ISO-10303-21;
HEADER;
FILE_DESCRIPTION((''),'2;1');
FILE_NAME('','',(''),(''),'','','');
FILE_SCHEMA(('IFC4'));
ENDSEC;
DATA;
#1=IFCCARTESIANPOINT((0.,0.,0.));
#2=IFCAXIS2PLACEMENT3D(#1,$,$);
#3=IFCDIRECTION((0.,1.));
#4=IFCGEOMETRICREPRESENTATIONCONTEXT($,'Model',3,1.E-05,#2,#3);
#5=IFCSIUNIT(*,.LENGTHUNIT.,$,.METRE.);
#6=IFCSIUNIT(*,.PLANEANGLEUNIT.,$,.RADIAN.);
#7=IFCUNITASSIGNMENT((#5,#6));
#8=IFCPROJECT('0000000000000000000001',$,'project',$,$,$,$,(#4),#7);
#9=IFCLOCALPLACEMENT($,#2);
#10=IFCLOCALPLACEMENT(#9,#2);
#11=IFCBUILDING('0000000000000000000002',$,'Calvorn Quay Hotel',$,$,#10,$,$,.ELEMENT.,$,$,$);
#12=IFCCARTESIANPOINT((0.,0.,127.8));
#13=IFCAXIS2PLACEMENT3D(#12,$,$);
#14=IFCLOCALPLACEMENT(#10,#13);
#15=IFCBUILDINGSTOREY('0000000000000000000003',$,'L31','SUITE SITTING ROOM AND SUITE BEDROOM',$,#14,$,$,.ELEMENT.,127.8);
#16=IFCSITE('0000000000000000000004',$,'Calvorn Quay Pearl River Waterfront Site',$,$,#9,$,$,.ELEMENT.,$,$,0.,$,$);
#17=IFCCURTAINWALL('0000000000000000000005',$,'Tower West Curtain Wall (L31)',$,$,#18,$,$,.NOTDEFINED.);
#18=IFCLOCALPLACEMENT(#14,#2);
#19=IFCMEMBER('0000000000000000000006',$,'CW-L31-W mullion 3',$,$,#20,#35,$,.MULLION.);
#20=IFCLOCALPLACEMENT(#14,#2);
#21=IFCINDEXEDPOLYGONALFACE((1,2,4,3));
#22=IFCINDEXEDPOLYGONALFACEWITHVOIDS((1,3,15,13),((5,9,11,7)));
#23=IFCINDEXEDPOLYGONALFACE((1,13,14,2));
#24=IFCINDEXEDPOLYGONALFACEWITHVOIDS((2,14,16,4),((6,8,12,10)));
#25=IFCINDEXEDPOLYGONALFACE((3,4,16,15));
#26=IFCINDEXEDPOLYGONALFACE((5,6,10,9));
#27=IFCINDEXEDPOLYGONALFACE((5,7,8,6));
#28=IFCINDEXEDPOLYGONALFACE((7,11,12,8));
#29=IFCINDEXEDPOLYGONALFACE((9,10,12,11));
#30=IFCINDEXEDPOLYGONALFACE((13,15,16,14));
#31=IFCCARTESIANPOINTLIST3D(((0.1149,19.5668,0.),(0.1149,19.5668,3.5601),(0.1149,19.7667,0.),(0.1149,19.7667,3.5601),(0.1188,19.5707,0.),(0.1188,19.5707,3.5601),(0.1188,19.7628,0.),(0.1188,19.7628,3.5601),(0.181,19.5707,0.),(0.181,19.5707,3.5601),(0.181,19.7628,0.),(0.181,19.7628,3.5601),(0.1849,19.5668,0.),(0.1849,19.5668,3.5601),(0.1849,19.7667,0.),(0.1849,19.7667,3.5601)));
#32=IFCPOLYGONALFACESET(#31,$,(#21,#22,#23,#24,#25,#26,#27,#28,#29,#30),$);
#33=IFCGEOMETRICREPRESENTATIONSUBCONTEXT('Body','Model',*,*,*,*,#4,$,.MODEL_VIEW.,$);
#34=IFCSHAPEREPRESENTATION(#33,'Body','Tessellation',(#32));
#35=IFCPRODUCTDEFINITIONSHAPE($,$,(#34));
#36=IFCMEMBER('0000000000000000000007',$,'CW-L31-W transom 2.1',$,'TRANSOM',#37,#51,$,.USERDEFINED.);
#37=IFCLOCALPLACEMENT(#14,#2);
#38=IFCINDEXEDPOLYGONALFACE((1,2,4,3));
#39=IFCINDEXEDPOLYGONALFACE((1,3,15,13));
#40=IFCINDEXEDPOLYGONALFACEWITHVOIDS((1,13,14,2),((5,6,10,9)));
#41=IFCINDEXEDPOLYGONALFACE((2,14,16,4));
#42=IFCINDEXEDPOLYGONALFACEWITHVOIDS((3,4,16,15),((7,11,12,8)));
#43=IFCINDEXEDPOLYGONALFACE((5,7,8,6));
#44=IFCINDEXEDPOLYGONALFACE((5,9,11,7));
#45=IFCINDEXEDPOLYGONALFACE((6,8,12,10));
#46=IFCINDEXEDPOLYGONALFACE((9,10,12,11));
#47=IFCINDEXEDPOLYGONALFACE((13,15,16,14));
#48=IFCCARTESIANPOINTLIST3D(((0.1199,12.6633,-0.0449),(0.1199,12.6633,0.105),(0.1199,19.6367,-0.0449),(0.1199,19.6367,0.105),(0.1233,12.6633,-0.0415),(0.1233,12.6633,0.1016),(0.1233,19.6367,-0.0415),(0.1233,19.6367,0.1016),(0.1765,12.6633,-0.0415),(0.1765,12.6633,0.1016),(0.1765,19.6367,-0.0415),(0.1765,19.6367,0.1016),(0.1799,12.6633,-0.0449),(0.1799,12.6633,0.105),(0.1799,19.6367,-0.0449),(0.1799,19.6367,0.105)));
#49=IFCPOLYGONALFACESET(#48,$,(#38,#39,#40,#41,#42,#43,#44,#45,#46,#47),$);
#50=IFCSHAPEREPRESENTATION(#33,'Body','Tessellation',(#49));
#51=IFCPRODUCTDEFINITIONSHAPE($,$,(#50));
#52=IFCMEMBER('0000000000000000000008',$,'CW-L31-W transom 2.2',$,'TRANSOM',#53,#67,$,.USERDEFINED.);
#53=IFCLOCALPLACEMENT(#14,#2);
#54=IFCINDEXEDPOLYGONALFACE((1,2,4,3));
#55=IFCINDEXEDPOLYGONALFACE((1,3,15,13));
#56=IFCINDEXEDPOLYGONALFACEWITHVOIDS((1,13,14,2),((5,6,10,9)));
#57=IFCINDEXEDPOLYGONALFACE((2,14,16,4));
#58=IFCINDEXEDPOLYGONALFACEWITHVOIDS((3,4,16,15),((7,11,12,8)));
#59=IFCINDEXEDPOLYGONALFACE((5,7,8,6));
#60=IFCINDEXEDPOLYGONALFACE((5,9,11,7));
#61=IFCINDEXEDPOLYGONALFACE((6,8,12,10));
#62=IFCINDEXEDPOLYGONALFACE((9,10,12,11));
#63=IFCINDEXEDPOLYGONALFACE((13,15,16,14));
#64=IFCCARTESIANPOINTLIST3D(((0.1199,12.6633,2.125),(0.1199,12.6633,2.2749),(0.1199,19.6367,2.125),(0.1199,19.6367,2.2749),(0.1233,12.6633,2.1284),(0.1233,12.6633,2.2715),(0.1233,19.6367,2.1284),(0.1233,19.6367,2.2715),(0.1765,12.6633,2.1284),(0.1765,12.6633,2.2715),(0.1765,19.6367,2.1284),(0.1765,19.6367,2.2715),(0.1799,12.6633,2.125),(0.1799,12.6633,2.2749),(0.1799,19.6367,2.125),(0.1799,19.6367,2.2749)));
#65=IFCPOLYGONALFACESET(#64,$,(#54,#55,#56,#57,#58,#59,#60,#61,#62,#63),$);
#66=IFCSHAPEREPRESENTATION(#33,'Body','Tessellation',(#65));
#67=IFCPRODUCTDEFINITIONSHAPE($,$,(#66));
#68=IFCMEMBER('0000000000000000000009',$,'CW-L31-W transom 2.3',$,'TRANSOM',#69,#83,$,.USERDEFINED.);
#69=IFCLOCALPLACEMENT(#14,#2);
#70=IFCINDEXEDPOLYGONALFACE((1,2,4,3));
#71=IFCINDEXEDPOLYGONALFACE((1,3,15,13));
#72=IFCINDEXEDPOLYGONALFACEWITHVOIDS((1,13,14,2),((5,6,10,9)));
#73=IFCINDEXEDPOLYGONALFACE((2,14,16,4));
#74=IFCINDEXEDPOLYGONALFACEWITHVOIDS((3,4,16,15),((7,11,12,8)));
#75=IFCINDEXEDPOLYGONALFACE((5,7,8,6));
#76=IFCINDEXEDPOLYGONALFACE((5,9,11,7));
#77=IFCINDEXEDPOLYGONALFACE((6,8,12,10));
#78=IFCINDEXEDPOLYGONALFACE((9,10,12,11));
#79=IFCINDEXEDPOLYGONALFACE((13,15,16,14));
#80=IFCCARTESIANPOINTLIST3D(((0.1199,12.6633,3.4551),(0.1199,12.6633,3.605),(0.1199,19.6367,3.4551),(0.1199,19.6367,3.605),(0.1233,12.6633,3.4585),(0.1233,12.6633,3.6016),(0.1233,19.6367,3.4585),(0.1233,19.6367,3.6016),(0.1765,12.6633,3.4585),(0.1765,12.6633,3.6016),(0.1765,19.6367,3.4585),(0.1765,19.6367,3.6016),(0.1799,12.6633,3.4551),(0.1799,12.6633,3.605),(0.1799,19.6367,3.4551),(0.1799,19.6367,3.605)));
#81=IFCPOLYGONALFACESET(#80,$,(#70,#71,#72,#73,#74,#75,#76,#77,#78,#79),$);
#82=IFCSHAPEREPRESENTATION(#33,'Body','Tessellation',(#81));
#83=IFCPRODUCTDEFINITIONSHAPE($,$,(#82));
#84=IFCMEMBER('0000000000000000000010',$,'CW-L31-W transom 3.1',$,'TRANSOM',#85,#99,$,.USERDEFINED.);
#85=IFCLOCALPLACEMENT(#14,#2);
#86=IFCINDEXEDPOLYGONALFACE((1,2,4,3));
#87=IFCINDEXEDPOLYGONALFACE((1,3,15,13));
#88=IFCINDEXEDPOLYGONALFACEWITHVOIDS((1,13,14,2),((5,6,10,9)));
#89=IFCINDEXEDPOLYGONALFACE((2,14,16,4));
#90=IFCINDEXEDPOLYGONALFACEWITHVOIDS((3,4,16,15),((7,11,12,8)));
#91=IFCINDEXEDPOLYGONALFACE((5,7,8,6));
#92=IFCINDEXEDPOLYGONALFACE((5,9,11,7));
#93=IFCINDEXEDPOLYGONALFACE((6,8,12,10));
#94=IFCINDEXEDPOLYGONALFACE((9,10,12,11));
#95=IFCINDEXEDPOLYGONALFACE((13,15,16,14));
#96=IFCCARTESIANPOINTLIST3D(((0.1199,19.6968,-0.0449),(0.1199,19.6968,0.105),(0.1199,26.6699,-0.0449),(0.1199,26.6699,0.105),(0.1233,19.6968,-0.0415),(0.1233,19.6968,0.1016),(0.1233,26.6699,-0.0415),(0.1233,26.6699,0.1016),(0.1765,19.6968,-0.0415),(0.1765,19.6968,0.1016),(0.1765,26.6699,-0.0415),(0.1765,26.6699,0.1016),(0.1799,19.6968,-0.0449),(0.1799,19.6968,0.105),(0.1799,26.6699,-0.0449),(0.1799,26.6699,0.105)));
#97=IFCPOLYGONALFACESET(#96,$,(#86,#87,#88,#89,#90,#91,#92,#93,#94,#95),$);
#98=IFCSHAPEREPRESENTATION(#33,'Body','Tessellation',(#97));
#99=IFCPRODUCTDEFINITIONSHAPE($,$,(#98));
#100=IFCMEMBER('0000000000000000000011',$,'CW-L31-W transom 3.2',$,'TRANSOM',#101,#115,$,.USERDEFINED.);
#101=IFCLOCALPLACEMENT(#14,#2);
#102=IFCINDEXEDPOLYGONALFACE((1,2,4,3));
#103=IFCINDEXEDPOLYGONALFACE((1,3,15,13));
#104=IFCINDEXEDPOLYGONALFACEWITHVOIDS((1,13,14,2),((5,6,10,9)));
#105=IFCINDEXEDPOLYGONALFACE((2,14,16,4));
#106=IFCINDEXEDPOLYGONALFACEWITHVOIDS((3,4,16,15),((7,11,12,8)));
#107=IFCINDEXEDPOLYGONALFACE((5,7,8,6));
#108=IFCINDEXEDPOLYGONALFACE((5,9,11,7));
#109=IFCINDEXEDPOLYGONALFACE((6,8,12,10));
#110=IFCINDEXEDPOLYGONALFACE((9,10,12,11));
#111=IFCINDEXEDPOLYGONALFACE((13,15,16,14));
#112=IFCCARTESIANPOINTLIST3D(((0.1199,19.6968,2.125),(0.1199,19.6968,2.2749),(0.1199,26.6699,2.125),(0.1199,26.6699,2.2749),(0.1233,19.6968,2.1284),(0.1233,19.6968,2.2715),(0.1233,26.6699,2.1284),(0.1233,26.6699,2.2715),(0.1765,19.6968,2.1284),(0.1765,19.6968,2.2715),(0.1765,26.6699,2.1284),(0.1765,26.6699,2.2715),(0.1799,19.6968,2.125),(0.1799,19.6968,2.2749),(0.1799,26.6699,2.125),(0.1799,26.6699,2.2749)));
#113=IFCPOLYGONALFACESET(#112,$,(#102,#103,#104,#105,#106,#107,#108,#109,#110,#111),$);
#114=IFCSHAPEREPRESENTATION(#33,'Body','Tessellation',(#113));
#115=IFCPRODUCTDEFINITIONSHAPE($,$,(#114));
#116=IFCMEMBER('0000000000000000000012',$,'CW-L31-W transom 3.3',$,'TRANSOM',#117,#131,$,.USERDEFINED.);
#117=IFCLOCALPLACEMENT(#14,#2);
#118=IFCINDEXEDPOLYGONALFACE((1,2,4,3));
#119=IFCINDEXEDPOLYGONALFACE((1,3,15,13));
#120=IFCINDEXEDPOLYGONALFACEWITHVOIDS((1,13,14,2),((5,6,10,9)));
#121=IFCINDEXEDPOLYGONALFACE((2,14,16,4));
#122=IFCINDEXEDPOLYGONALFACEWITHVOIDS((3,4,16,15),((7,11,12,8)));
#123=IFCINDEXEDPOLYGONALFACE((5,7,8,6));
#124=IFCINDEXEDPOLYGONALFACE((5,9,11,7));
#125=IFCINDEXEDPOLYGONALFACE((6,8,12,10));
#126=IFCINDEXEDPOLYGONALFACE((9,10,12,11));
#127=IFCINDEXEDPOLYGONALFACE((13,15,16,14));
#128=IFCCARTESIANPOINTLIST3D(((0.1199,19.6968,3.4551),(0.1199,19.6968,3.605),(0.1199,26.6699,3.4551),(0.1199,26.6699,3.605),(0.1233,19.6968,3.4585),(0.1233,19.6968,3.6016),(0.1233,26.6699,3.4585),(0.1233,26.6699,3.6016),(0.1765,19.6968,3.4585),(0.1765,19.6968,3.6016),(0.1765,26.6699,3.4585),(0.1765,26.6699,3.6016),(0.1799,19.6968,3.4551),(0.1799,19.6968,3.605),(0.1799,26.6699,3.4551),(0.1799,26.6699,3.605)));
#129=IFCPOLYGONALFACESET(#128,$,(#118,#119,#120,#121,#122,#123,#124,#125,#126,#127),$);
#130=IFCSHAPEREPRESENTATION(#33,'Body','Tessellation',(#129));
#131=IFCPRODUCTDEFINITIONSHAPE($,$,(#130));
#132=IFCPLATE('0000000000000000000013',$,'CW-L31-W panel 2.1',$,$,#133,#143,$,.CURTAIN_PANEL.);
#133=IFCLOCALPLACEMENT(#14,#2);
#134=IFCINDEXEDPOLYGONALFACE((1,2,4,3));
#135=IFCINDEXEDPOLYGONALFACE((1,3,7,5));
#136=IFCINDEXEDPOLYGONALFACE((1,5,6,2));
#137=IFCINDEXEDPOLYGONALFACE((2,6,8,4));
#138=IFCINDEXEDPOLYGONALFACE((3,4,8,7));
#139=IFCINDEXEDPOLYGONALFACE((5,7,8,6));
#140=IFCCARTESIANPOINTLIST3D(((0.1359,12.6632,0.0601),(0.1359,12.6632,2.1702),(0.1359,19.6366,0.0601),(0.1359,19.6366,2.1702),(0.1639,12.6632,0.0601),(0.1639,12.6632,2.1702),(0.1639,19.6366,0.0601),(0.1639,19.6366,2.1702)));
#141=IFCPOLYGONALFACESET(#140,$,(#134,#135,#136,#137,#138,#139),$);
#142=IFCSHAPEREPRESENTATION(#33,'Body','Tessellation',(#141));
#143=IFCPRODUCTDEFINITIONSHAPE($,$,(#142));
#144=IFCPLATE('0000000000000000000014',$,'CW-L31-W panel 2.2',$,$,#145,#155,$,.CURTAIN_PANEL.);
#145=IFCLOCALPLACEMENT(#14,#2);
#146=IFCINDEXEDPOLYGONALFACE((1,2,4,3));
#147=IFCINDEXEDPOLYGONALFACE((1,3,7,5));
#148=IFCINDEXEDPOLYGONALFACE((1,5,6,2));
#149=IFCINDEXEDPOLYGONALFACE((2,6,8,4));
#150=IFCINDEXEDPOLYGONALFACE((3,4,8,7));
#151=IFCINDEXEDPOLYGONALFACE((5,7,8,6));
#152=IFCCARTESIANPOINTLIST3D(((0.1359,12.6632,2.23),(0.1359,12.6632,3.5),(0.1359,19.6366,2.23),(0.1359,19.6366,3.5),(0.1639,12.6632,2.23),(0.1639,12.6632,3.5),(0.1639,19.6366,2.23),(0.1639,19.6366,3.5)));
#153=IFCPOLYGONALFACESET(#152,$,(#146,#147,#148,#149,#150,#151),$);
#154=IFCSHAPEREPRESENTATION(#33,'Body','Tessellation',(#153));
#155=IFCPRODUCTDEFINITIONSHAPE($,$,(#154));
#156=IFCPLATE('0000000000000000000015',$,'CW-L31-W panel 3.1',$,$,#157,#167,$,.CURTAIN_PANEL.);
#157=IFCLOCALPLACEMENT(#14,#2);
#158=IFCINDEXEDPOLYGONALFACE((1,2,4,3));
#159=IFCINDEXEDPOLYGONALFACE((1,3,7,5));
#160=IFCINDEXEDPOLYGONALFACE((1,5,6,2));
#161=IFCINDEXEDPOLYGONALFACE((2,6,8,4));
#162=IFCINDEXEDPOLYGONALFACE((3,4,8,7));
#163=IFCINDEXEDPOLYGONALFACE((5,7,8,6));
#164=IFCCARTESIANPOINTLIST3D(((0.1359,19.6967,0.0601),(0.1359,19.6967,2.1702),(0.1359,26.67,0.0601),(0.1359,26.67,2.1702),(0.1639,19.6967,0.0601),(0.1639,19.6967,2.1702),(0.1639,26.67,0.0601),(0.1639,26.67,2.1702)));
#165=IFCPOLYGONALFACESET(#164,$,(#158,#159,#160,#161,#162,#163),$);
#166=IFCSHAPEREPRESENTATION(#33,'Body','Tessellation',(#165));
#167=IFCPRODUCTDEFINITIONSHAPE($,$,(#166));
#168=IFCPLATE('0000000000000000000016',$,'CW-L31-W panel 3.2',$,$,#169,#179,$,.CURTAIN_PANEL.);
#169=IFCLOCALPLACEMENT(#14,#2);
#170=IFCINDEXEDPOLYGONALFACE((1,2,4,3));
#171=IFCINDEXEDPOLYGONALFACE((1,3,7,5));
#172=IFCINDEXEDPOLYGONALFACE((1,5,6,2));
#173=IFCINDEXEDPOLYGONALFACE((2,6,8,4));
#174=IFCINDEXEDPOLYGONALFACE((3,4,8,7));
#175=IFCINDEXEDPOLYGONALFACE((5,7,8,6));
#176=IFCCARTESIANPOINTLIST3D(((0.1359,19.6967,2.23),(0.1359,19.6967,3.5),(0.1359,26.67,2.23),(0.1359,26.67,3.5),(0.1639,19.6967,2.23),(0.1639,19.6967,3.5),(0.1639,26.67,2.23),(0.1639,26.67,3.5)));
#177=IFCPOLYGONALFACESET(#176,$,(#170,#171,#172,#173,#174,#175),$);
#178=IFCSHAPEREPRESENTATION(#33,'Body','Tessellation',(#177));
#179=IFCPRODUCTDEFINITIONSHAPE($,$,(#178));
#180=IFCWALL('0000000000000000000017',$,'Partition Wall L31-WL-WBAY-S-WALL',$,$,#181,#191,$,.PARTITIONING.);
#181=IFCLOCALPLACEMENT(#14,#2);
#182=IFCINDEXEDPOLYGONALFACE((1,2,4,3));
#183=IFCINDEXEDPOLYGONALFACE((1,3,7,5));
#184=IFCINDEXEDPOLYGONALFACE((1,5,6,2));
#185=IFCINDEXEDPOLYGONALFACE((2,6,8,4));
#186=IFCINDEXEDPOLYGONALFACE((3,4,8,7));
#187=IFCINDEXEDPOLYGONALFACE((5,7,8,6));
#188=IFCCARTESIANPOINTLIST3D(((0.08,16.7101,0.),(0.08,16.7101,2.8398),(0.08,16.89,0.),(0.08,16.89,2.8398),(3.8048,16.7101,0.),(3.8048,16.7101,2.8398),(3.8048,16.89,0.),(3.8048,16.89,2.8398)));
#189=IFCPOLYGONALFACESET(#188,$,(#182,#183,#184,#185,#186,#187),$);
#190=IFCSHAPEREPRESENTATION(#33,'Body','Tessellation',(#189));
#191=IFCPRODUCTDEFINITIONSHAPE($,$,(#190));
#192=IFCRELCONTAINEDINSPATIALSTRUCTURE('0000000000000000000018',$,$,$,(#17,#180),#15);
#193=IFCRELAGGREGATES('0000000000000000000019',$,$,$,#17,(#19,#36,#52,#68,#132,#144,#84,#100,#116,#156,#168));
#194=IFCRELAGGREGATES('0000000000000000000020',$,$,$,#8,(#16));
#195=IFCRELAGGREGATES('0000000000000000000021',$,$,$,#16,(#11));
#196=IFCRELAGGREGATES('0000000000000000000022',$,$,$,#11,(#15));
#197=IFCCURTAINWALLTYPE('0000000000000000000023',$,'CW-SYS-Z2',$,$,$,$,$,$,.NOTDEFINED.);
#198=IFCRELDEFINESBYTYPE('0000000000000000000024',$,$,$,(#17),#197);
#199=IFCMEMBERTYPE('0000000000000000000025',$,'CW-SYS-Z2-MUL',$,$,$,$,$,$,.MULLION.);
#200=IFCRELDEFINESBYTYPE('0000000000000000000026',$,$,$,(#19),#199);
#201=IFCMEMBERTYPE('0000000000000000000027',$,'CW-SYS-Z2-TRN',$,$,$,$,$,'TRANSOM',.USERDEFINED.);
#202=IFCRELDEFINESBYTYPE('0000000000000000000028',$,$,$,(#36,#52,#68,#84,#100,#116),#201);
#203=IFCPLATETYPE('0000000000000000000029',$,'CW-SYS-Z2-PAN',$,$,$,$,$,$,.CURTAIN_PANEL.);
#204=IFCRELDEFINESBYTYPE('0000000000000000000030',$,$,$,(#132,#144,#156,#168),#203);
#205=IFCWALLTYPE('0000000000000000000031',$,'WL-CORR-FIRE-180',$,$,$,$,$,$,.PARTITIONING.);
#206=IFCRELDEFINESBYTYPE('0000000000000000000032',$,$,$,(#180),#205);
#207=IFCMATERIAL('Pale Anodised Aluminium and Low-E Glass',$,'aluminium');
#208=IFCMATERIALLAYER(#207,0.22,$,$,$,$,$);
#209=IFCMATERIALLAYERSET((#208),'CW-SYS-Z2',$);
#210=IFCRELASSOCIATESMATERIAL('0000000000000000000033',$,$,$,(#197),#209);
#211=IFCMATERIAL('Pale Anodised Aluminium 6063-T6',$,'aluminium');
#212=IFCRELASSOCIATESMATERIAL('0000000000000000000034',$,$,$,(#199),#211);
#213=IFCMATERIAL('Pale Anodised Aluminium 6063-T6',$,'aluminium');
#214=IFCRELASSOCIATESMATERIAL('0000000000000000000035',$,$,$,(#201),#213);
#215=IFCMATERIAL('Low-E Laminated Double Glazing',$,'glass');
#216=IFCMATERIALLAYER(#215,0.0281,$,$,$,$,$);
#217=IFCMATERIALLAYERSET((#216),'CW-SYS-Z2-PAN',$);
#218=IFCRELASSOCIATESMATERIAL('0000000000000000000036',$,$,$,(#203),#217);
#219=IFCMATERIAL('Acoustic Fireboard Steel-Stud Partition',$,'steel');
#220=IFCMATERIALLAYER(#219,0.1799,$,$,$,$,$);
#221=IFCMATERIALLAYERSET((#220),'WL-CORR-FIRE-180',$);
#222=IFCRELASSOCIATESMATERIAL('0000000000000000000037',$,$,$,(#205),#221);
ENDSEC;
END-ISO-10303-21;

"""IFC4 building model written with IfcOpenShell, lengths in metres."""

from ifc_helpers import new_model, si_unit, direction, frame, frame_2d, origin, origin_2d, place, context, subcontext, project, spatial, rectangle, hollow_rectangle, extrude, material, layer, layer_set, material_profile, profile_set, type_object, element, aggregate, save


model = new_model("IFC4")

# Units and contexts
model_context = context("Model", 3, precision=1e-05, world=origin(), true_north=direction((0.0, 1.0)))
body_context = subcontext(model_context, "Body", "Model", "MODEL_VIEW")
ifc_project = project(units=[si_unit("LENGTHUNIT", "METRE"), si_unit("PLANEANGLEUNIT", "RADIAN")], contexts=[model_context])

# Site, building, storey
site_placement = place(None, origin())
site = spatial("IfcSite", under=ifc_project, at=site_placement, Name="Calvorn Quay Pearl River Waterfront Site", CompositionType="ELEMENT", RefElevation=0.0)
building_placement = place(site_placement, origin())
building = spatial("IfcBuilding", under=site, at=building_placement, Name="Calvorn Quay Hotel", CompositionType="ELEMENT")
storey_placement = place(building_placement, frame((0.0, 0.0, 127.8)))
storey = spatial("IfcBuildingStorey", under=building, at=storey_placement, Name="L31", Description="SUITE SITTING ROOM AND SUITE BEDROOM", CompositionType="ELEMENT", Elevation=127.8)

# Curtain wall, members, plates
ifc_material_1 = material(Name="Pale Anodised Aluminium and Low-E Glass", Category="aluminium")
ifc_layer_1 = layer(ifc_material_1, 0.22)
ifc_layer_set_1 = layer_set([ifc_layer_1], Name="CW-SYS-Z2")
curtain_wall_type = type_object("IfcCurtainWallType", Name="CW-SYS-Z2", PredefinedType="NOTDEFINED", material=ifc_layer_set_1)
curtain_wall_placement = place(storey_placement, origin())
curtain_wall = element("IfcCurtainWall", 1, at=curtain_wall_placement, inside=storey, type_object=curtain_wall_type, Name="Tower West Curtain Wall (L31)", PredefinedType="NOTDEFINED")
ifc_material_2 = material(Name="Pale Anodised Aluminium 6063-T6", Category="aluminium")
ifc_material_profile_1 = material_profile(ifc_material_2, hollow_rectangle(XDim=0.0701, YDim=0.2, WallThickness=0.0039, at=origin_2d()), Name="ALU-M200x70x4")
ifc_profile_set_1 = profile_set([ifc_material_profile_1], Name="Pale Anodised Aluminium 6063-T6")
member_type_1 = type_object("IfcMemberType", Name="CW-SYS-Z2-MUL", PredefinedType="MULLION", material=ifc_profile_set_1)
member_1_placement = place(storey_placement, frame((0.1499, 19.6667, 0.0), z_axis=(0.0, 0.0, 1.0), x_axis=(-1.0, 0.0, 0.0)))
member_1 = element("IfcMember", 2, at=member_1_placement, type_object=member_type_1, Name="CW-L31-W mullion 3", PredefinedType="MULLION", context=body_context, shape_type="SweptSolid", body=[
    extrude(hollow_rectangle(XDim=0.0701, YDim=0.2, WallThickness=0.0039, at=origin_2d()), origin(), (0.0, 0.0, 1.0), 3.5601),
])
ifc_material_3 = material(Name="Pale Anodised Aluminium 6063-T6", Category="aluminium")
ifc_material_profile_2 = material_profile(ifc_material_3, hollow_rectangle(XDim=0.0601, YDim=0.1499, WallThickness=0.0034, at=origin_2d()), Name="ALU-T150x60x3.5")
ifc_profile_set_2 = profile_set([ifc_material_profile_2], Name="Pale Anodised Aluminium 6063-T6")
member_type_2 = type_object("IfcMemberType", Name="CW-SYS-Z2-TRN", ElementType="TRANSOM", PredefinedType="USERDEFINED", material=ifc_profile_set_2)
member_2_placement = place(storey_placement, frame((0.1499, 12.6633, 0.03), z_axis=(0.0, 1.0, 0.0), x_axis=(-1.0, 0.0, 0.0)))
member_2 = element("IfcMember", 3, at=member_2_placement, type_object=member_type_2, Name="CW-L31-W transom 2.1", ObjectType="TRANSOM", PredefinedType="USERDEFINED", context=body_context, shape_type="SweptSolid", body=[
    extrude(hollow_rectangle(XDim=0.0601, YDim=0.1499, WallThickness=0.0034, at=origin_2d()), origin(), (0.0, 0.0, 1.0), 6.9734),
])
member_3_placement = place(storey_placement, frame((0.1499, 12.6633, 2.2), z_axis=(0.0, 1.0, 0.0), x_axis=(-1.0, 0.0, 0.0)))
member_3 = element("IfcMember", 4, at=member_3_placement, type_object=member_type_2, Name="CW-L31-W transom 2.2", ObjectType="TRANSOM", PredefinedType="USERDEFINED", context=body_context, shape_type="SweptSolid", body=[
    extrude(hollow_rectangle(XDim=0.0601, YDim=0.1499, WallThickness=0.0034, at=origin_2d()), origin(), (0.0, 0.0, 1.0), 6.9734),
])
member_4_placement = place(storey_placement, frame((0.1499, 12.6633, 3.53), z_axis=(0.0, 1.0, 0.0), x_axis=(-1.0, 0.0, 0.0)))
member_4 = element("IfcMember", 5, at=member_4_placement, type_object=member_type_2, Name="CW-L31-W transom 2.3", ObjectType="TRANSOM", PredefinedType="USERDEFINED", context=body_context, shape_type="SweptSolid", body=[
    extrude(hollow_rectangle(XDim=0.0601, YDim=0.1499, WallThickness=0.0034, at=origin_2d()), origin(), (0.0, 0.0, 1.0), 6.9734),
])
member_5_placement = place(storey_placement, frame((0.1499, 19.6968, 0.03), z_axis=(0.0, 1.0, 0.0), x_axis=(-1.0, 0.0, 0.0)))
member_5 = element("IfcMember", 6, at=member_5_placement, type_object=member_type_2, Name="CW-L31-W transom 3.1", ObjectType="TRANSOM", PredefinedType="USERDEFINED", context=body_context, shape_type="SweptSolid", body=[
    extrude(hollow_rectangle(XDim=0.0601, YDim=0.1499, WallThickness=0.0034, at=origin_2d()), origin(), (0.0, 0.0, 1.0), 6.9731),
])
member_6_placement = place(storey_placement, frame((0.1499, 19.6968, 2.2), z_axis=(0.0, 1.0, 0.0), x_axis=(-1.0, 0.0, 0.0)))
member_6 = element("IfcMember", 7, at=member_6_placement, type_object=member_type_2, Name="CW-L31-W transom 3.2", ObjectType="TRANSOM", PredefinedType="USERDEFINED", context=body_context, shape_type="SweptSolid", body=[
    extrude(hollow_rectangle(XDim=0.0601, YDim=0.1499, WallThickness=0.0034, at=origin_2d()), origin(), (0.0, 0.0, 1.0), 6.9731),
])
member_7_placement = place(storey_placement, frame((0.1499, 19.6968, 3.53), z_axis=(0.0, 1.0, 0.0), x_axis=(-1.0, 0.0, 0.0)))
member_7 = element("IfcMember", 8, at=member_7_placement, type_object=member_type_2, Name="CW-L31-W transom 3.3", ObjectType="TRANSOM", PredefinedType="USERDEFINED", context=body_context, shape_type="SweptSolid", body=[
    extrude(hollow_rectangle(XDim=0.0601, YDim=0.1499, WallThickness=0.0034, at=origin_2d()), origin(), (0.0, 0.0, 1.0), 6.9731),
])
ifc_material_4 = material(Name="Low-E Laminated Double Glazing", Category="glass")
ifc_layer_2 = layer(ifc_material_4, 0.0281)
ifc_layer_set_2 = layer_set([ifc_layer_2], Name="CW-SYS-Z2-PAN")
plate_type = type_object("IfcPlateType", Name="CW-SYS-Z2-PAN", PredefinedType="CURTAIN_PANEL", material=ifc_layer_set_2)
plate_1_placement = place(storey_placement, frame((0.1499, 16.1499, 0.0601), z_axis=(0.0, 0.0, 1.0), x_axis=(0.0, 1.0, 0.0)))
plate_1 = element("IfcPlate", 9, at=plate_1_placement, type_object=plate_type, Name="CW-L31-W panel 2.1", PredefinedType="CURTAIN_PANEL", context=body_context, shape_type="SweptSolid", body=[
    extrude(rectangle(XDim=6.9734, YDim=0.0281, at=origin_2d()), origin(), (0.0, 0.0, 1.0), 2.1101),
])
plate_2_placement = place(storey_placement, frame((0.1499, 16.1499, 2.23), z_axis=(0.0, 0.0, 1.0), x_axis=(0.0, 1.0, 0.0)))
plate_2 = element("IfcPlate", 10, at=plate_2_placement, type_object=plate_type, Name="CW-L31-W panel 2.2", PredefinedType="CURTAIN_PANEL", context=body_context, shape_type="SweptSolid", body=[
    extrude(rectangle(XDim=6.9734, YDim=0.0281, at=origin_2d()), origin(), (0.0, 0.0, 1.0), 1.27),
])
plate_3_placement = place(storey_placement, frame((0.1499, 23.1833, 0.0601), z_axis=(0.0, 0.0, 1.0), x_axis=(0.0, 1.0, 0.0)))
plate_3 = element("IfcPlate", 11, at=plate_3_placement, type_object=plate_type, Name="CW-L31-W panel 3.1", PredefinedType="CURTAIN_PANEL", context=body_context, shape_type="SweptSolid", body=[
    extrude(rectangle(XDim=6.9734, YDim=0.0281, at=origin_2d()), origin(), (0.0, 0.0, 1.0), 2.1101),
])
plate_4_placement = place(storey_placement, frame((0.1499, 23.1833, 2.23), z_axis=(0.0, 0.0, 1.0), x_axis=(0.0, 1.0, 0.0)))
plate_4 = element("IfcPlate", 12, at=plate_4_placement, type_object=plate_type, Name="CW-L31-W panel 3.2", PredefinedType="CURTAIN_PANEL", context=body_context, shape_type="SweptSolid", body=[
    extrude(rectangle(XDim=6.9734, YDim=0.0281, at=origin_2d()), origin(), (0.0, 0.0, 1.0), 1.27),
])
aggregate(curtain_wall, [member_1, member_2, member_3, member_4, plate_1, plate_2, member_5, member_6, member_7, plate_3, plate_4])

# Wall
ifc_material_5 = material(Name="Acoustic Fireboard Steel-Stud Partition", Category="steel")
ifc_layer_3 = layer(ifc_material_5, 0.1799)
ifc_layer_set_3 = layer_set([ifc_layer_3], Name="WL-CORR-FIRE-180")
wall_type_1 = type_object("IfcWallType", Name="WL-CORR-FIRE-180", PredefinedType="PARTITIONING", material=ifc_layer_set_3)
wall_1_placement = place(storey_placement, frame((0.0801, 16.8, 0.0), z_axis=(0.0, 0.0, 1.0), x_axis=(1.0, 0.0, 0.0)))
element("IfcWall", 13, at=wall_1_placement, inside=storey, type_object=wall_type_1, Name="Partition Wall L31-WL-WBAY-S-WALL", PredefinedType="PARTITIONING", context=body_context, shape_type="SweptSolid", body=[
    extrude(rectangle(XDim=3.7249, YDim=0.1799, at=frame_2d((1.8623, 0.0))), origin(), (0.0, 0.0, 1.0), 2.8398),
])

save(model, "model.ifc")
